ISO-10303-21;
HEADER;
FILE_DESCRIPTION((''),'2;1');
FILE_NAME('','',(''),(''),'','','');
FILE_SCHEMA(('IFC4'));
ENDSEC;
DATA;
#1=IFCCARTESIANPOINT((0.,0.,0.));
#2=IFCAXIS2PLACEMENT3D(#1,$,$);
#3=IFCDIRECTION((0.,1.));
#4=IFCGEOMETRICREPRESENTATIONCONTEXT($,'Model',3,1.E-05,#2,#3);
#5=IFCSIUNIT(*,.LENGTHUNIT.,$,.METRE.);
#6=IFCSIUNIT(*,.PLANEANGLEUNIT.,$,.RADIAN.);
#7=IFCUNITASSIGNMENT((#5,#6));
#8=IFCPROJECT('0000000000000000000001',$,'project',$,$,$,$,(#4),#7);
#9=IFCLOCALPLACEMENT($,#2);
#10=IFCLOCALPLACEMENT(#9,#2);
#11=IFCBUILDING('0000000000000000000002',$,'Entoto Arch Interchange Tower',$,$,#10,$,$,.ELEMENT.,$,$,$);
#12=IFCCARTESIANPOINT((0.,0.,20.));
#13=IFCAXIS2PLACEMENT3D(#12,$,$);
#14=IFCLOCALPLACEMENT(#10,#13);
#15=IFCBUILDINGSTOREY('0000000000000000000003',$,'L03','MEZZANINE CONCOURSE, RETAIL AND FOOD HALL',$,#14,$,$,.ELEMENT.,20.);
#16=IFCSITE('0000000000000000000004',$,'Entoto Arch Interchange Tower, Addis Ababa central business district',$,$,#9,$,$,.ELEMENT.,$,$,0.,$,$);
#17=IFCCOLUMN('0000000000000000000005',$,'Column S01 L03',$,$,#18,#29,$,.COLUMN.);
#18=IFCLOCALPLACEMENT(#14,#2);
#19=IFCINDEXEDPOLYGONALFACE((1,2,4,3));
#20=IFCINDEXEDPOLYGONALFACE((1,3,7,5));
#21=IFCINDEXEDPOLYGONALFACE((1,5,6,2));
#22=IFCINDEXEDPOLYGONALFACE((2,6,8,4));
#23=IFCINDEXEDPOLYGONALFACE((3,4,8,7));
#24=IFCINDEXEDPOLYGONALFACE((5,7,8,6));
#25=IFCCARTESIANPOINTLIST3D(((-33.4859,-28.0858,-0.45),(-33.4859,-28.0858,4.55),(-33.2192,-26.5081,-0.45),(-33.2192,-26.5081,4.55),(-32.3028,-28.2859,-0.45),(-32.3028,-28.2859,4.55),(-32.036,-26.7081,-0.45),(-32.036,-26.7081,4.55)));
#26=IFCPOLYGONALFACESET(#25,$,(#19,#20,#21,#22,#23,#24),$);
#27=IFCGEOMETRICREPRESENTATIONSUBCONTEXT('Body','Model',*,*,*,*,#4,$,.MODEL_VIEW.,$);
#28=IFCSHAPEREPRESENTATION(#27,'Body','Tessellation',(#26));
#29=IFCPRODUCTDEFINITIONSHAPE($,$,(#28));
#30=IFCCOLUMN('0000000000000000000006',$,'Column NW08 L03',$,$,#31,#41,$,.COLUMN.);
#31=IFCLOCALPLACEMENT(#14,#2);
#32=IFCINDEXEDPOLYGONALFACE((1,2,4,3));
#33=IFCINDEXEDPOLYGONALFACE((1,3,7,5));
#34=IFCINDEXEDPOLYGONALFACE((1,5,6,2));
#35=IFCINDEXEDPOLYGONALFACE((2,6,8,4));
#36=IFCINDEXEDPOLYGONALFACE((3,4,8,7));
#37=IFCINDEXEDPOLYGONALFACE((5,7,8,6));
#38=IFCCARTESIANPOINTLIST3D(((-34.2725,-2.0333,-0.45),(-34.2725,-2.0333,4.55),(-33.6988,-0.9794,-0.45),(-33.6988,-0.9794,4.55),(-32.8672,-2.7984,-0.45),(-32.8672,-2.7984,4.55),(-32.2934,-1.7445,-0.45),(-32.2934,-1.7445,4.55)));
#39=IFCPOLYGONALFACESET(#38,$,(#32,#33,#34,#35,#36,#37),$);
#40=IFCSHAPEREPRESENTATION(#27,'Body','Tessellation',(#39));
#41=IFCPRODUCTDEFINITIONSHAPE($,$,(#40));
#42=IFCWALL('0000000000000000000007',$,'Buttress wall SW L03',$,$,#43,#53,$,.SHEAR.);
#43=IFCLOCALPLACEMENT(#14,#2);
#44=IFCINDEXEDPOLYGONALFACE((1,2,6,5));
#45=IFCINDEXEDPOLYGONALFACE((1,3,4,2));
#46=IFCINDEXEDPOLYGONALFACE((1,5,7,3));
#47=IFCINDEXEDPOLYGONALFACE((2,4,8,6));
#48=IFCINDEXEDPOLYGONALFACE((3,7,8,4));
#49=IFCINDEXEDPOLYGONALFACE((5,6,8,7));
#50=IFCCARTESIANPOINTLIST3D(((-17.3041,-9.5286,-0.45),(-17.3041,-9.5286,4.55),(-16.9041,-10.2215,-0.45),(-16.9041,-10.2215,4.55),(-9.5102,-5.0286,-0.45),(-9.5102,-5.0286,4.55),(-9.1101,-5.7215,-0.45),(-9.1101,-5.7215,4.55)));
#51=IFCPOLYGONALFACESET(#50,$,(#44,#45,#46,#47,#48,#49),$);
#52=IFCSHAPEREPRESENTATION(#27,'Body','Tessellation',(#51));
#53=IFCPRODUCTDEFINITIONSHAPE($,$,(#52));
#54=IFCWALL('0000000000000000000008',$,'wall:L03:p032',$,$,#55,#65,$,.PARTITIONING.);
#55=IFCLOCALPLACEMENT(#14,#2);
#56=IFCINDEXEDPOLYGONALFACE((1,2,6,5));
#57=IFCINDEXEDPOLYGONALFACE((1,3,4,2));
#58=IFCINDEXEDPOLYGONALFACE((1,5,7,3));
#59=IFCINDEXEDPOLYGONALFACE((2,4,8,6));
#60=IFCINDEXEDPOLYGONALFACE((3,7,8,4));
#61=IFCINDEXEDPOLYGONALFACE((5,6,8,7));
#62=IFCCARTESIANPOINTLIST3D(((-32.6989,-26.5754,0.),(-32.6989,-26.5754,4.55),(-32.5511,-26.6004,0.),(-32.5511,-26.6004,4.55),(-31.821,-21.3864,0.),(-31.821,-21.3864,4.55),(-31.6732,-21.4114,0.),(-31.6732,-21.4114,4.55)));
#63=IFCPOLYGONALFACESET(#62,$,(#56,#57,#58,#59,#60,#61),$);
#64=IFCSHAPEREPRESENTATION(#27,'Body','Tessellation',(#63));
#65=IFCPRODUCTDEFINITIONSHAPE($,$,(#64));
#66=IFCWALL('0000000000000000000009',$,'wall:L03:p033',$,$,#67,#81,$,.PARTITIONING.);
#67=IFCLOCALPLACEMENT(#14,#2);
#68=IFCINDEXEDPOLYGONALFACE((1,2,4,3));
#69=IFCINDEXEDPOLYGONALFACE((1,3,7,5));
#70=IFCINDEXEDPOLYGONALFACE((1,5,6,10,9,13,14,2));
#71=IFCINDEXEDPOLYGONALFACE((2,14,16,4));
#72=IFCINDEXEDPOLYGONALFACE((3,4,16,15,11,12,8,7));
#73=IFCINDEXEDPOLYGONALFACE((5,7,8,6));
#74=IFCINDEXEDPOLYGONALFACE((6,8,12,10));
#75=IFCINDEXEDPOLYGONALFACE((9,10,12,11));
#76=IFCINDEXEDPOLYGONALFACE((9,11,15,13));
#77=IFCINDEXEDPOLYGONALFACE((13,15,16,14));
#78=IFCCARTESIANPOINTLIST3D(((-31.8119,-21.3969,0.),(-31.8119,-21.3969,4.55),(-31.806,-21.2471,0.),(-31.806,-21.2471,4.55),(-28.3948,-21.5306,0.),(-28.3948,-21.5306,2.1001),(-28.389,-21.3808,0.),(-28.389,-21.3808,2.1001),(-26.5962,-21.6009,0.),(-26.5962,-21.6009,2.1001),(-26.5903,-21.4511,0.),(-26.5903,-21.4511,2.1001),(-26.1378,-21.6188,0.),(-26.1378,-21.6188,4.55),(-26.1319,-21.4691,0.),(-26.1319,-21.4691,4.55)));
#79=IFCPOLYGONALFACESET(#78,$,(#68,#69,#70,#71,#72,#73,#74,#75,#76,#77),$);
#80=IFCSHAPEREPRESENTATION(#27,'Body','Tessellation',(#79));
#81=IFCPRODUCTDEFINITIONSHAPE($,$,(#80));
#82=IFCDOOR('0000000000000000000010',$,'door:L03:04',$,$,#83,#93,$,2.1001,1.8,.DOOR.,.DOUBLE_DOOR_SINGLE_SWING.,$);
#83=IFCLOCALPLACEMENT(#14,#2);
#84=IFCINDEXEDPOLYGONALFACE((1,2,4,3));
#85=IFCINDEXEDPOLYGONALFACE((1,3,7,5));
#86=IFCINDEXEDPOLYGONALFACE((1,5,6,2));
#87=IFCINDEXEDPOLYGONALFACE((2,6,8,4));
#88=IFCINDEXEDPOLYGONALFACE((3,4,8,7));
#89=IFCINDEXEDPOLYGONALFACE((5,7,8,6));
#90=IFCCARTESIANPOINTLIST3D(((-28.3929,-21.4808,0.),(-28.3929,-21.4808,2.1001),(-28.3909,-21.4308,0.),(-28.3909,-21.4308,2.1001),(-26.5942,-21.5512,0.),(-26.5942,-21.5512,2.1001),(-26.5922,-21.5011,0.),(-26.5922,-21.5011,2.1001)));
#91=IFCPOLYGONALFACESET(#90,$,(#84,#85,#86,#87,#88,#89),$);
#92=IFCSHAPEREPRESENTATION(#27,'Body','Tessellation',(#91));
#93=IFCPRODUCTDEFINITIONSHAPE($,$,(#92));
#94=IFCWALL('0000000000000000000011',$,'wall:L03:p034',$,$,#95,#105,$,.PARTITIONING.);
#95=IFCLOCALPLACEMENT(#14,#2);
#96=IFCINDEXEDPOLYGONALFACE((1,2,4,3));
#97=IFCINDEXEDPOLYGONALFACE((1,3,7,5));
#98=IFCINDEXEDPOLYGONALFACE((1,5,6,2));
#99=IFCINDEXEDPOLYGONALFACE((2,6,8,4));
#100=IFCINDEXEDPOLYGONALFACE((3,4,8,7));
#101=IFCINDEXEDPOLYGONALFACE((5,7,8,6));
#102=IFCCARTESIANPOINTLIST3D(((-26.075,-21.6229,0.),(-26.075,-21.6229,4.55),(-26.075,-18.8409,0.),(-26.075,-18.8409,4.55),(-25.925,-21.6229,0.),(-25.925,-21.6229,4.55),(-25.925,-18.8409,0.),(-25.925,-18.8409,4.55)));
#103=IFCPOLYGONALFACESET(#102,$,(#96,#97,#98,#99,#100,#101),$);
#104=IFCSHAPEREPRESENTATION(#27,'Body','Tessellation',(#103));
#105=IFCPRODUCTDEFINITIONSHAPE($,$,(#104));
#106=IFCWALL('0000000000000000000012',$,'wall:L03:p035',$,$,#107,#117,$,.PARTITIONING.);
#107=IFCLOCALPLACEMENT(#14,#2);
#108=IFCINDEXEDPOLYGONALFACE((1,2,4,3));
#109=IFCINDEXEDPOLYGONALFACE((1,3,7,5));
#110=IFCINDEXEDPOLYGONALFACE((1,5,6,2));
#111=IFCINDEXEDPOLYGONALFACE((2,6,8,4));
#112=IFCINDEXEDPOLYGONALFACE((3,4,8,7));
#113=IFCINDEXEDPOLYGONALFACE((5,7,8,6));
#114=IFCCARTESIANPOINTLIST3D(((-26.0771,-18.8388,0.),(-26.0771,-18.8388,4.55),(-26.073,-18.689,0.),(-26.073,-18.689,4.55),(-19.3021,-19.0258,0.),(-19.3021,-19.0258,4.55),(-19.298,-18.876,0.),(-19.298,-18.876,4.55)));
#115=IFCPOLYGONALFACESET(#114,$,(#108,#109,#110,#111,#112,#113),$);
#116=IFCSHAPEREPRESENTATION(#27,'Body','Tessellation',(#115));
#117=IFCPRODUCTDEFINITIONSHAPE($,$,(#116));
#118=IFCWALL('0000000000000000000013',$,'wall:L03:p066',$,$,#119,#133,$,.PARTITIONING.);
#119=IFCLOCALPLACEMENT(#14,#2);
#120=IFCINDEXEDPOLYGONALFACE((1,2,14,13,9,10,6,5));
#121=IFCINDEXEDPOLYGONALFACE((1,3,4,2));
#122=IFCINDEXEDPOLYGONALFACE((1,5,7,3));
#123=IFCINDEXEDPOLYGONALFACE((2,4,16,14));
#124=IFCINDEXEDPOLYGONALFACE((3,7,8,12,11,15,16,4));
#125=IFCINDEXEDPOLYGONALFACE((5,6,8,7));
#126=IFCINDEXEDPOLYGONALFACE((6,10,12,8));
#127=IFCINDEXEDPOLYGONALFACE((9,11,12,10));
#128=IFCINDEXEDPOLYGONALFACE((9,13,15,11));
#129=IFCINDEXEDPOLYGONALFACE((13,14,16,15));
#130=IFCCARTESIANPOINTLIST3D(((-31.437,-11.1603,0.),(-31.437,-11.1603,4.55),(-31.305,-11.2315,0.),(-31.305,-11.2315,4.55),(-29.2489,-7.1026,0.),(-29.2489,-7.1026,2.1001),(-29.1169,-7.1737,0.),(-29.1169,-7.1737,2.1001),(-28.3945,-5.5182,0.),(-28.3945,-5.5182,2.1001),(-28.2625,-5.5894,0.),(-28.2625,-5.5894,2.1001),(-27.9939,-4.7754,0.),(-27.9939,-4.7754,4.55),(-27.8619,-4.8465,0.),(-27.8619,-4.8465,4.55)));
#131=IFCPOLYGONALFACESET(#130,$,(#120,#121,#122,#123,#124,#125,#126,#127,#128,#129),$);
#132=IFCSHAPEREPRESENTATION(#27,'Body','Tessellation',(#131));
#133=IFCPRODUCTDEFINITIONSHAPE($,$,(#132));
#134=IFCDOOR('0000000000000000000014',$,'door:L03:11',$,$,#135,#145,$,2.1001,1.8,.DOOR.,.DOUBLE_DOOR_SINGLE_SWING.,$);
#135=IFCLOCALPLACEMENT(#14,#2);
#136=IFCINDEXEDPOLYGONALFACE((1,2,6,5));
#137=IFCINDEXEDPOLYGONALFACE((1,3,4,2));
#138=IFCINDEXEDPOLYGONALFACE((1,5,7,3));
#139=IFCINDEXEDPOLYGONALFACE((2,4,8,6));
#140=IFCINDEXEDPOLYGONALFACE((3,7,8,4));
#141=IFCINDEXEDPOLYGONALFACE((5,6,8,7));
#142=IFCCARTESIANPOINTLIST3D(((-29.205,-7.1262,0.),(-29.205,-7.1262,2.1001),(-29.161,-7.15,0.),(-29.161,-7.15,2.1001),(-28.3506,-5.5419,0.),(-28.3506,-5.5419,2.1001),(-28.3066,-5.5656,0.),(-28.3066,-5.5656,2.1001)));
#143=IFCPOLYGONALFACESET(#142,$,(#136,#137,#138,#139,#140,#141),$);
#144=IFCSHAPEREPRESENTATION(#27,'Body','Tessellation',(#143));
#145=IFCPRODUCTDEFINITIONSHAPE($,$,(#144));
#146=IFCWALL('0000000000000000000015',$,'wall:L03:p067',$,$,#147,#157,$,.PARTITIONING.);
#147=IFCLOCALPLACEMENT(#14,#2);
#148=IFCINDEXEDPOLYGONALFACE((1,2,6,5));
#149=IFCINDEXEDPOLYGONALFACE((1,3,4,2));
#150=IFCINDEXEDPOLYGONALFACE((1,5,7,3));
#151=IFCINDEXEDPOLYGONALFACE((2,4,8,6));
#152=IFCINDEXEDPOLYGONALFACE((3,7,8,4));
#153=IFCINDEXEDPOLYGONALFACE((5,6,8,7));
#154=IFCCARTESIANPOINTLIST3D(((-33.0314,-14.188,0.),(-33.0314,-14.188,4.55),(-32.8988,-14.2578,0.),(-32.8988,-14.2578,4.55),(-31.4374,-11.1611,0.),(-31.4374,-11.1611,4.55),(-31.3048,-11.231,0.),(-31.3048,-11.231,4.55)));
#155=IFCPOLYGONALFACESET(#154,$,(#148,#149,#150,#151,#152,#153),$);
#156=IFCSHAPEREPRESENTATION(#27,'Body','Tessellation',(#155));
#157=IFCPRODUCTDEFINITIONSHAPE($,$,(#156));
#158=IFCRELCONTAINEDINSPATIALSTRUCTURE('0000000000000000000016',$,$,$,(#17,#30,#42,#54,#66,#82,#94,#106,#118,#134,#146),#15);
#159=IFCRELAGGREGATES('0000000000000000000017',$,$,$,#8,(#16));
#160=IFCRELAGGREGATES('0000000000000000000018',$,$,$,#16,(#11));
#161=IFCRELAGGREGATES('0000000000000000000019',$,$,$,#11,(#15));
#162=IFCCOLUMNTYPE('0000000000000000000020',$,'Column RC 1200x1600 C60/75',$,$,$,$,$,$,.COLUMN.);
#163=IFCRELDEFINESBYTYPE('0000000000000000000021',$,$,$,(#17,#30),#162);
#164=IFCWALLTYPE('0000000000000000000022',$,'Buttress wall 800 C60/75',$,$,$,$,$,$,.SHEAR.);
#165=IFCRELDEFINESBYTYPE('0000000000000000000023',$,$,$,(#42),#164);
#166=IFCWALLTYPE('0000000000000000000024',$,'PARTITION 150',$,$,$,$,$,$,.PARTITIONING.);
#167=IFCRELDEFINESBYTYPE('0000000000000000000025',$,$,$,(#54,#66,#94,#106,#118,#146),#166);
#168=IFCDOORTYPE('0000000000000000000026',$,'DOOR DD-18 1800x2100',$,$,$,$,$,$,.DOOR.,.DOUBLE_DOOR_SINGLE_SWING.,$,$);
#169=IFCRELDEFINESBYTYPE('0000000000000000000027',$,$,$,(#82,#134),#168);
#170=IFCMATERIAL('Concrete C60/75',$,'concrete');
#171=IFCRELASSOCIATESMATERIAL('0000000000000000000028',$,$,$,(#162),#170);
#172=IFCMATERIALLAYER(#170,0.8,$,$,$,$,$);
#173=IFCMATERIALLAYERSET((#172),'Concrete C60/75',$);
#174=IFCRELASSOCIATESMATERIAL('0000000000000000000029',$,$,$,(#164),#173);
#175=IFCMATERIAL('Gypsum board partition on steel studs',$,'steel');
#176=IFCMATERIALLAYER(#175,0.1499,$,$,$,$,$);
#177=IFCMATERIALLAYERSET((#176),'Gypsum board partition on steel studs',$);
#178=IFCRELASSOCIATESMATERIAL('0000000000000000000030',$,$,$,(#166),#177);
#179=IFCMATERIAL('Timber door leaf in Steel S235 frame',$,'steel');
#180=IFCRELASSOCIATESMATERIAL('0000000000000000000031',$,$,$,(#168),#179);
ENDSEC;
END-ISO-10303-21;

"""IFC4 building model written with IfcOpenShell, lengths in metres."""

from ifc_helpers import new_model, si_unit, direction, frame, frame_2d, origin, origin_2d, place, context, subcontext, project, spatial, rectangle, extrude, material, layer, layer_set, material_profile, profile_set, type_object, element, fill, save


model = new_model("IFC4")

# Units and contexts
model_context = context("Model", 3, precision=1e-05, world=origin(), true_north=direction((0.0, 1.0)))
body_context = subcontext(model_context, "Body", "Model", "MODEL_VIEW")
ifc_project = project(units=[si_unit("LENGTHUNIT", "METRE"), si_unit("PLANEANGLEUNIT", "RADIAN")], contexts=[model_context])

# Site, building, storey
site_placement = place(None, origin())
site = spatial("IfcSite", under=ifc_project, at=site_placement, Name="Entoto Arch Interchange Tower, Addis Ababa central business district", CompositionType="ELEMENT", RefElevation=0.0)
building_placement = place(site_placement, origin())
building = spatial("IfcBuilding", under=site, at=building_placement, Name="Entoto Arch Interchange Tower", CompositionType="ELEMENT")
storey_placement = place(building_placement, frame((0.0, 0.0, 20.0)))
storey = spatial("IfcBuildingStorey", under=building, at=storey_placement, Name="L03", Description="MEZZANINE CONCOURSE, RETAIL AND FOOD HALL", CompositionType="ELEMENT", Elevation=20.0)

# Columns
ifc_material_1 = material(Name="Concrete C60/75", Category="concrete")
ifc_material_profile = material_profile(ifc_material_1, rectangle(XDim=1.2, YDim=1.6001, at=origin_2d()))
ifc_profile_set = profile_set([ifc_material_profile], Name="Concrete C60/75")
column_type = type_object("IfcColumnType", Name="Column RC 1200x1600 C60/75", PredefinedType="COLUMN", material=ifc_profile_set)
for number, where, z_axis, x_axis, name in (
    (1, (-32.761, -27.397, -0.45), (0.0, 0.0, 1.0), (-0.986005, 0.166717, 0.0), "Column S01 L03"),
    (2, (-33.283, -1.8889, -0.45), (0.0, 0.0, 1.0), (0.47814, 0.878284, 0.0), "Column NW08 L03"),
):
    element("IfcColumn", number, at=place(storey_placement, frame(where, z_axis=z_axis, x_axis=x_axis)), inside=storey, type_object=column_type, Name=name, PredefinedType="COLUMN", context=body_context, shape_type="SweptSolid", body=[
        extrude(rectangle(XDim=1.2, YDim=1.6001, at=origin_2d()), origin(), (0.0, 0.0, 1.0), 5.0),
    ])

# Walls
ifc_layer_1 = layer(ifc_material_1, 0.8)
ifc_layer_set_1 = layer_set([ifc_layer_1], Name="Concrete C60/75")
wall_type_1 = type_object("IfcWallType", Name="Buttress wall 800 C60/75", PredefinedType="SHEAR", material=ifc_layer_set_1)
wall_1_placement = place(storey_placement, frame((-9.3101, -5.375, -0.45), z_axis=(0.0, 0.0, 1.0), x_axis=(-0.866018, -0.500014, 0.0)))
element("IfcWall", 3, at=wall_1_placement, inside=storey, type_object=wall_type_1, Name="Buttress wall SW L03", PredefinedType="SHEAR", context=body_context, shape_type="SweptSolid", body=[
    extrude(rectangle(XDim=8.9998, YDim=0.8, at=frame_2d((4.5, 0.0))), origin(), (0.0, 0.0, 1.0), 5.0),
])
ifc_material_2 = material(Name="Gypsum board partition on steel studs", Category="steel")
ifc_layer_2 = layer(ifc_material_2, 0.1499)
ifc_layer_set_2 = layer_set([ifc_layer_2], Name="Gypsum board partition on steel studs")
wall_type_2 = type_object("IfcWallType", Name="PARTITION 150", PredefinedType="PARTITIONING", material=ifc_layer_set_2)
wall_2_placement = place(storey_placement, frame((-32.625, -26.5879, 0.0), z_axis=(0.0, 0.0, 1.0), x_axis=(0.166821, 0.985987, 0.0)))
element("IfcWall", 4, at=wall_2_placement, inside=storey, type_object=wall_type_2, Name="wall:L03:p032", PredefinedType="PARTITIONING", context=body_context, shape_type="SweptSolid", body=[
    extrude(rectangle(XDim=5.2627, YDim=0.1499, at=frame_2d((2.6313, 0.0))), origin(), (0.0, 0.0, 1.0), 4.55),
])

# Wall, opening, door
wall_3_placement = place(storey_placement, frame((-31.8091, -21.322, 0.0), z_axis=(0.0, 0.0, 1.0), x_axis=(0.999236, -0.039082, 0.0)))
wall_3 = element("IfcWall", 5, at=wall_3_placement, inside=storey, type_object=wall_type_2, Name="wall:L03:p033", PredefinedType="PARTITIONING", context=body_context, shape_type="SweptSolid", body=[
    extrude(rectangle(XDim=5.6785, YDim=0.1499, at=frame_2d((2.8394, 0.0))), origin(), (0.0, 0.0, 1.0), 4.55),
])
opening_1_placement = place(wall_3_placement, frame((3.4199, 0.0, 0.0)))
opening_1 = element("IfcOpeningElement", 6, at=opening_1_placement, cuts=wall_3, PredefinedType="OPENING", context=body_context, shape_type="SweptSolid", body=[
    extrude(rectangle(XDim=1.8, YDim=2.1001, at=frame_2d((0.8999, 1.05))), frame((0.0, 0.085, 0.0), z_axis=(0.0, -1.0, 0.0), x_axis=(1.0, 0.0, 0.0)), (0.0, 0.0, 1.0), 0.1699),
])
ifc_material_3 = material(Name="Timber door leaf in Steel S235 frame", Category="steel")
door_type_1 = type_object("IfcDoorType", Name="DOOR DD-18 1800x2100", OperationType="DOUBLE_DOOR_SINGLE_SWING", PredefinedType="DOOR", material=ifc_material_3)
door_1_placement = place(opening_1_placement, origin())
door_1 = element("IfcDoor", 7, at=door_1_placement, inside=storey, type_object=door_type_1, Name="door:L03:04", OperationType="DOUBLE_DOOR_SINGLE_SWING", OverallHeight=2.1001, OverallWidth=1.8, PredefinedType="DOOR", context=body_context, shape_type="SweptSolid", body=[
    extrude(rectangle(XDim=1.8, YDim=2.1001, at=frame_2d((0.8999, 1.05))), frame((0.0, 0.0249, 0.0), z_axis=(0.0, -1.0, 0.0), x_axis=(1.0, 0.0, 0.0)), (0.0, 0.0, 1.0), 0.05),
])
fill(opening_1, door_1)

# Walls
wall_4_placement = place(storey_placement, frame((-26.0, -21.623, 0.0), z_axis=(0.0, 0.0, 1.0), x_axis=(0.0, 1.0, 0.0)))
element("IfcWall", 8, at=wall_4_placement, inside=storey, type_object=wall_type_2, Name="wall:L03:p034", PredefinedType="PARTITIONING", context=body_context, shape_type="SweptSolid", body=[
    extrude(rectangle(XDim=2.782, YDim=0.1499, at=frame_2d((1.3911, 0.0))), origin(), (0.0, 0.0, 1.0), 4.55),
])
wall_5_placement = place(storey_placement, frame((-26.075, -18.7639, 0.0), z_axis=(0.0, 0.0, 1.0), x_axis=(0.999619, -0.027593, 0.0)))
element("IfcWall", 9, at=wall_5_placement, inside=storey, type_object=wall_type_2, Name="wall:L03:p035", PredefinedType="PARTITIONING", context=body_context, shape_type="SweptSolid", body=[
    extrude(rectangle(XDim=6.7776, YDim=0.1499, at=frame_2d((3.3887, 0.0))), origin(), (0.0, 0.0, 1.0), 4.55),
])

# Wall, opening, door
wall_6_placement = place(storey_placement, frame((-27.928, -4.811, 0.0), z_axis=(0.0, 0.0, 1.0), x_axis=(-0.474638, -0.880181, 0.0)))
wall_6 = element("IfcWall", 10, at=wall_6_placement, inside=storey, type_object=wall_type_2, Name="wall:L03:p066", PredefinedType="PARTITIONING", context=body_context, shape_type="SweptSolid", body=[
    extrude(rectangle(XDim=7.2542, YDim=0.1499, at=frame_2d((3.627, 0.0))), origin(), (0.0, 0.0, 1.0), 4.55),
])
opening_2_placement = place(wall_6_placement, frame((0.844, 0.0, 0.0)))
opening_2 = element("IfcOpeningElement", 11, at=opening_2_placement, cuts=wall_6, PredefinedType="OPENING", context=body_context, shape_type="SweptSolid", body=[
    extrude(rectangle(XDim=1.8, YDim=2.1001, at=frame_2d((0.8999, 1.05))), frame((0.0, 0.085, 0.0), z_axis=(0.0, -1.0, 0.0), x_axis=(1.0, 0.0, 0.0)), (0.0, 0.0, 1.0), 0.1699),
])
door_2_placement = place(opening_2_placement, origin())
door_2 = element("IfcDoor", 12, at=door_2_placement, inside=storey, type_object=door_type_1, Name="door:L03:11", OperationType="DOUBLE_DOOR_SINGLE_SWING", OverallHeight=2.1001, OverallWidth=1.8, PredefinedType="DOOR", context=body_context, shape_type="SweptSolid", body=[
    extrude(rectangle(XDim=1.8, YDim=2.1001, at=frame_2d((0.8999, 1.05))), frame((0.0, 0.0249, 0.0), z_axis=(0.0, -1.0, 0.0), x_axis=(1.0, 0.0, 0.0)), (0.0, 0.0, 1.0), 0.05),
])
fill(opening_2, door_2)

# Wall
wall_7_placement = place(storey_placement, frame((-31.3711, -11.196, 0.0), z_axis=(0.0, 0.0, 1.0), x_axis=(-0.465955, -0.884808, 0.0)))
element("IfcWall", 13, at=wall_7_placement, inside=storey, type_object=wall_type_2, Name="wall:L03:p067", PredefinedType="PARTITIONING", context=body_context, shape_type="SweptSolid", body=[
    extrude(rectangle(XDim=3.4209, YDim=0.1499, at=frame_2d((1.7104, 0.0))), origin(), (0.0, 0.0, 1.0), 4.55),
])

save(model, "model.ifc")
